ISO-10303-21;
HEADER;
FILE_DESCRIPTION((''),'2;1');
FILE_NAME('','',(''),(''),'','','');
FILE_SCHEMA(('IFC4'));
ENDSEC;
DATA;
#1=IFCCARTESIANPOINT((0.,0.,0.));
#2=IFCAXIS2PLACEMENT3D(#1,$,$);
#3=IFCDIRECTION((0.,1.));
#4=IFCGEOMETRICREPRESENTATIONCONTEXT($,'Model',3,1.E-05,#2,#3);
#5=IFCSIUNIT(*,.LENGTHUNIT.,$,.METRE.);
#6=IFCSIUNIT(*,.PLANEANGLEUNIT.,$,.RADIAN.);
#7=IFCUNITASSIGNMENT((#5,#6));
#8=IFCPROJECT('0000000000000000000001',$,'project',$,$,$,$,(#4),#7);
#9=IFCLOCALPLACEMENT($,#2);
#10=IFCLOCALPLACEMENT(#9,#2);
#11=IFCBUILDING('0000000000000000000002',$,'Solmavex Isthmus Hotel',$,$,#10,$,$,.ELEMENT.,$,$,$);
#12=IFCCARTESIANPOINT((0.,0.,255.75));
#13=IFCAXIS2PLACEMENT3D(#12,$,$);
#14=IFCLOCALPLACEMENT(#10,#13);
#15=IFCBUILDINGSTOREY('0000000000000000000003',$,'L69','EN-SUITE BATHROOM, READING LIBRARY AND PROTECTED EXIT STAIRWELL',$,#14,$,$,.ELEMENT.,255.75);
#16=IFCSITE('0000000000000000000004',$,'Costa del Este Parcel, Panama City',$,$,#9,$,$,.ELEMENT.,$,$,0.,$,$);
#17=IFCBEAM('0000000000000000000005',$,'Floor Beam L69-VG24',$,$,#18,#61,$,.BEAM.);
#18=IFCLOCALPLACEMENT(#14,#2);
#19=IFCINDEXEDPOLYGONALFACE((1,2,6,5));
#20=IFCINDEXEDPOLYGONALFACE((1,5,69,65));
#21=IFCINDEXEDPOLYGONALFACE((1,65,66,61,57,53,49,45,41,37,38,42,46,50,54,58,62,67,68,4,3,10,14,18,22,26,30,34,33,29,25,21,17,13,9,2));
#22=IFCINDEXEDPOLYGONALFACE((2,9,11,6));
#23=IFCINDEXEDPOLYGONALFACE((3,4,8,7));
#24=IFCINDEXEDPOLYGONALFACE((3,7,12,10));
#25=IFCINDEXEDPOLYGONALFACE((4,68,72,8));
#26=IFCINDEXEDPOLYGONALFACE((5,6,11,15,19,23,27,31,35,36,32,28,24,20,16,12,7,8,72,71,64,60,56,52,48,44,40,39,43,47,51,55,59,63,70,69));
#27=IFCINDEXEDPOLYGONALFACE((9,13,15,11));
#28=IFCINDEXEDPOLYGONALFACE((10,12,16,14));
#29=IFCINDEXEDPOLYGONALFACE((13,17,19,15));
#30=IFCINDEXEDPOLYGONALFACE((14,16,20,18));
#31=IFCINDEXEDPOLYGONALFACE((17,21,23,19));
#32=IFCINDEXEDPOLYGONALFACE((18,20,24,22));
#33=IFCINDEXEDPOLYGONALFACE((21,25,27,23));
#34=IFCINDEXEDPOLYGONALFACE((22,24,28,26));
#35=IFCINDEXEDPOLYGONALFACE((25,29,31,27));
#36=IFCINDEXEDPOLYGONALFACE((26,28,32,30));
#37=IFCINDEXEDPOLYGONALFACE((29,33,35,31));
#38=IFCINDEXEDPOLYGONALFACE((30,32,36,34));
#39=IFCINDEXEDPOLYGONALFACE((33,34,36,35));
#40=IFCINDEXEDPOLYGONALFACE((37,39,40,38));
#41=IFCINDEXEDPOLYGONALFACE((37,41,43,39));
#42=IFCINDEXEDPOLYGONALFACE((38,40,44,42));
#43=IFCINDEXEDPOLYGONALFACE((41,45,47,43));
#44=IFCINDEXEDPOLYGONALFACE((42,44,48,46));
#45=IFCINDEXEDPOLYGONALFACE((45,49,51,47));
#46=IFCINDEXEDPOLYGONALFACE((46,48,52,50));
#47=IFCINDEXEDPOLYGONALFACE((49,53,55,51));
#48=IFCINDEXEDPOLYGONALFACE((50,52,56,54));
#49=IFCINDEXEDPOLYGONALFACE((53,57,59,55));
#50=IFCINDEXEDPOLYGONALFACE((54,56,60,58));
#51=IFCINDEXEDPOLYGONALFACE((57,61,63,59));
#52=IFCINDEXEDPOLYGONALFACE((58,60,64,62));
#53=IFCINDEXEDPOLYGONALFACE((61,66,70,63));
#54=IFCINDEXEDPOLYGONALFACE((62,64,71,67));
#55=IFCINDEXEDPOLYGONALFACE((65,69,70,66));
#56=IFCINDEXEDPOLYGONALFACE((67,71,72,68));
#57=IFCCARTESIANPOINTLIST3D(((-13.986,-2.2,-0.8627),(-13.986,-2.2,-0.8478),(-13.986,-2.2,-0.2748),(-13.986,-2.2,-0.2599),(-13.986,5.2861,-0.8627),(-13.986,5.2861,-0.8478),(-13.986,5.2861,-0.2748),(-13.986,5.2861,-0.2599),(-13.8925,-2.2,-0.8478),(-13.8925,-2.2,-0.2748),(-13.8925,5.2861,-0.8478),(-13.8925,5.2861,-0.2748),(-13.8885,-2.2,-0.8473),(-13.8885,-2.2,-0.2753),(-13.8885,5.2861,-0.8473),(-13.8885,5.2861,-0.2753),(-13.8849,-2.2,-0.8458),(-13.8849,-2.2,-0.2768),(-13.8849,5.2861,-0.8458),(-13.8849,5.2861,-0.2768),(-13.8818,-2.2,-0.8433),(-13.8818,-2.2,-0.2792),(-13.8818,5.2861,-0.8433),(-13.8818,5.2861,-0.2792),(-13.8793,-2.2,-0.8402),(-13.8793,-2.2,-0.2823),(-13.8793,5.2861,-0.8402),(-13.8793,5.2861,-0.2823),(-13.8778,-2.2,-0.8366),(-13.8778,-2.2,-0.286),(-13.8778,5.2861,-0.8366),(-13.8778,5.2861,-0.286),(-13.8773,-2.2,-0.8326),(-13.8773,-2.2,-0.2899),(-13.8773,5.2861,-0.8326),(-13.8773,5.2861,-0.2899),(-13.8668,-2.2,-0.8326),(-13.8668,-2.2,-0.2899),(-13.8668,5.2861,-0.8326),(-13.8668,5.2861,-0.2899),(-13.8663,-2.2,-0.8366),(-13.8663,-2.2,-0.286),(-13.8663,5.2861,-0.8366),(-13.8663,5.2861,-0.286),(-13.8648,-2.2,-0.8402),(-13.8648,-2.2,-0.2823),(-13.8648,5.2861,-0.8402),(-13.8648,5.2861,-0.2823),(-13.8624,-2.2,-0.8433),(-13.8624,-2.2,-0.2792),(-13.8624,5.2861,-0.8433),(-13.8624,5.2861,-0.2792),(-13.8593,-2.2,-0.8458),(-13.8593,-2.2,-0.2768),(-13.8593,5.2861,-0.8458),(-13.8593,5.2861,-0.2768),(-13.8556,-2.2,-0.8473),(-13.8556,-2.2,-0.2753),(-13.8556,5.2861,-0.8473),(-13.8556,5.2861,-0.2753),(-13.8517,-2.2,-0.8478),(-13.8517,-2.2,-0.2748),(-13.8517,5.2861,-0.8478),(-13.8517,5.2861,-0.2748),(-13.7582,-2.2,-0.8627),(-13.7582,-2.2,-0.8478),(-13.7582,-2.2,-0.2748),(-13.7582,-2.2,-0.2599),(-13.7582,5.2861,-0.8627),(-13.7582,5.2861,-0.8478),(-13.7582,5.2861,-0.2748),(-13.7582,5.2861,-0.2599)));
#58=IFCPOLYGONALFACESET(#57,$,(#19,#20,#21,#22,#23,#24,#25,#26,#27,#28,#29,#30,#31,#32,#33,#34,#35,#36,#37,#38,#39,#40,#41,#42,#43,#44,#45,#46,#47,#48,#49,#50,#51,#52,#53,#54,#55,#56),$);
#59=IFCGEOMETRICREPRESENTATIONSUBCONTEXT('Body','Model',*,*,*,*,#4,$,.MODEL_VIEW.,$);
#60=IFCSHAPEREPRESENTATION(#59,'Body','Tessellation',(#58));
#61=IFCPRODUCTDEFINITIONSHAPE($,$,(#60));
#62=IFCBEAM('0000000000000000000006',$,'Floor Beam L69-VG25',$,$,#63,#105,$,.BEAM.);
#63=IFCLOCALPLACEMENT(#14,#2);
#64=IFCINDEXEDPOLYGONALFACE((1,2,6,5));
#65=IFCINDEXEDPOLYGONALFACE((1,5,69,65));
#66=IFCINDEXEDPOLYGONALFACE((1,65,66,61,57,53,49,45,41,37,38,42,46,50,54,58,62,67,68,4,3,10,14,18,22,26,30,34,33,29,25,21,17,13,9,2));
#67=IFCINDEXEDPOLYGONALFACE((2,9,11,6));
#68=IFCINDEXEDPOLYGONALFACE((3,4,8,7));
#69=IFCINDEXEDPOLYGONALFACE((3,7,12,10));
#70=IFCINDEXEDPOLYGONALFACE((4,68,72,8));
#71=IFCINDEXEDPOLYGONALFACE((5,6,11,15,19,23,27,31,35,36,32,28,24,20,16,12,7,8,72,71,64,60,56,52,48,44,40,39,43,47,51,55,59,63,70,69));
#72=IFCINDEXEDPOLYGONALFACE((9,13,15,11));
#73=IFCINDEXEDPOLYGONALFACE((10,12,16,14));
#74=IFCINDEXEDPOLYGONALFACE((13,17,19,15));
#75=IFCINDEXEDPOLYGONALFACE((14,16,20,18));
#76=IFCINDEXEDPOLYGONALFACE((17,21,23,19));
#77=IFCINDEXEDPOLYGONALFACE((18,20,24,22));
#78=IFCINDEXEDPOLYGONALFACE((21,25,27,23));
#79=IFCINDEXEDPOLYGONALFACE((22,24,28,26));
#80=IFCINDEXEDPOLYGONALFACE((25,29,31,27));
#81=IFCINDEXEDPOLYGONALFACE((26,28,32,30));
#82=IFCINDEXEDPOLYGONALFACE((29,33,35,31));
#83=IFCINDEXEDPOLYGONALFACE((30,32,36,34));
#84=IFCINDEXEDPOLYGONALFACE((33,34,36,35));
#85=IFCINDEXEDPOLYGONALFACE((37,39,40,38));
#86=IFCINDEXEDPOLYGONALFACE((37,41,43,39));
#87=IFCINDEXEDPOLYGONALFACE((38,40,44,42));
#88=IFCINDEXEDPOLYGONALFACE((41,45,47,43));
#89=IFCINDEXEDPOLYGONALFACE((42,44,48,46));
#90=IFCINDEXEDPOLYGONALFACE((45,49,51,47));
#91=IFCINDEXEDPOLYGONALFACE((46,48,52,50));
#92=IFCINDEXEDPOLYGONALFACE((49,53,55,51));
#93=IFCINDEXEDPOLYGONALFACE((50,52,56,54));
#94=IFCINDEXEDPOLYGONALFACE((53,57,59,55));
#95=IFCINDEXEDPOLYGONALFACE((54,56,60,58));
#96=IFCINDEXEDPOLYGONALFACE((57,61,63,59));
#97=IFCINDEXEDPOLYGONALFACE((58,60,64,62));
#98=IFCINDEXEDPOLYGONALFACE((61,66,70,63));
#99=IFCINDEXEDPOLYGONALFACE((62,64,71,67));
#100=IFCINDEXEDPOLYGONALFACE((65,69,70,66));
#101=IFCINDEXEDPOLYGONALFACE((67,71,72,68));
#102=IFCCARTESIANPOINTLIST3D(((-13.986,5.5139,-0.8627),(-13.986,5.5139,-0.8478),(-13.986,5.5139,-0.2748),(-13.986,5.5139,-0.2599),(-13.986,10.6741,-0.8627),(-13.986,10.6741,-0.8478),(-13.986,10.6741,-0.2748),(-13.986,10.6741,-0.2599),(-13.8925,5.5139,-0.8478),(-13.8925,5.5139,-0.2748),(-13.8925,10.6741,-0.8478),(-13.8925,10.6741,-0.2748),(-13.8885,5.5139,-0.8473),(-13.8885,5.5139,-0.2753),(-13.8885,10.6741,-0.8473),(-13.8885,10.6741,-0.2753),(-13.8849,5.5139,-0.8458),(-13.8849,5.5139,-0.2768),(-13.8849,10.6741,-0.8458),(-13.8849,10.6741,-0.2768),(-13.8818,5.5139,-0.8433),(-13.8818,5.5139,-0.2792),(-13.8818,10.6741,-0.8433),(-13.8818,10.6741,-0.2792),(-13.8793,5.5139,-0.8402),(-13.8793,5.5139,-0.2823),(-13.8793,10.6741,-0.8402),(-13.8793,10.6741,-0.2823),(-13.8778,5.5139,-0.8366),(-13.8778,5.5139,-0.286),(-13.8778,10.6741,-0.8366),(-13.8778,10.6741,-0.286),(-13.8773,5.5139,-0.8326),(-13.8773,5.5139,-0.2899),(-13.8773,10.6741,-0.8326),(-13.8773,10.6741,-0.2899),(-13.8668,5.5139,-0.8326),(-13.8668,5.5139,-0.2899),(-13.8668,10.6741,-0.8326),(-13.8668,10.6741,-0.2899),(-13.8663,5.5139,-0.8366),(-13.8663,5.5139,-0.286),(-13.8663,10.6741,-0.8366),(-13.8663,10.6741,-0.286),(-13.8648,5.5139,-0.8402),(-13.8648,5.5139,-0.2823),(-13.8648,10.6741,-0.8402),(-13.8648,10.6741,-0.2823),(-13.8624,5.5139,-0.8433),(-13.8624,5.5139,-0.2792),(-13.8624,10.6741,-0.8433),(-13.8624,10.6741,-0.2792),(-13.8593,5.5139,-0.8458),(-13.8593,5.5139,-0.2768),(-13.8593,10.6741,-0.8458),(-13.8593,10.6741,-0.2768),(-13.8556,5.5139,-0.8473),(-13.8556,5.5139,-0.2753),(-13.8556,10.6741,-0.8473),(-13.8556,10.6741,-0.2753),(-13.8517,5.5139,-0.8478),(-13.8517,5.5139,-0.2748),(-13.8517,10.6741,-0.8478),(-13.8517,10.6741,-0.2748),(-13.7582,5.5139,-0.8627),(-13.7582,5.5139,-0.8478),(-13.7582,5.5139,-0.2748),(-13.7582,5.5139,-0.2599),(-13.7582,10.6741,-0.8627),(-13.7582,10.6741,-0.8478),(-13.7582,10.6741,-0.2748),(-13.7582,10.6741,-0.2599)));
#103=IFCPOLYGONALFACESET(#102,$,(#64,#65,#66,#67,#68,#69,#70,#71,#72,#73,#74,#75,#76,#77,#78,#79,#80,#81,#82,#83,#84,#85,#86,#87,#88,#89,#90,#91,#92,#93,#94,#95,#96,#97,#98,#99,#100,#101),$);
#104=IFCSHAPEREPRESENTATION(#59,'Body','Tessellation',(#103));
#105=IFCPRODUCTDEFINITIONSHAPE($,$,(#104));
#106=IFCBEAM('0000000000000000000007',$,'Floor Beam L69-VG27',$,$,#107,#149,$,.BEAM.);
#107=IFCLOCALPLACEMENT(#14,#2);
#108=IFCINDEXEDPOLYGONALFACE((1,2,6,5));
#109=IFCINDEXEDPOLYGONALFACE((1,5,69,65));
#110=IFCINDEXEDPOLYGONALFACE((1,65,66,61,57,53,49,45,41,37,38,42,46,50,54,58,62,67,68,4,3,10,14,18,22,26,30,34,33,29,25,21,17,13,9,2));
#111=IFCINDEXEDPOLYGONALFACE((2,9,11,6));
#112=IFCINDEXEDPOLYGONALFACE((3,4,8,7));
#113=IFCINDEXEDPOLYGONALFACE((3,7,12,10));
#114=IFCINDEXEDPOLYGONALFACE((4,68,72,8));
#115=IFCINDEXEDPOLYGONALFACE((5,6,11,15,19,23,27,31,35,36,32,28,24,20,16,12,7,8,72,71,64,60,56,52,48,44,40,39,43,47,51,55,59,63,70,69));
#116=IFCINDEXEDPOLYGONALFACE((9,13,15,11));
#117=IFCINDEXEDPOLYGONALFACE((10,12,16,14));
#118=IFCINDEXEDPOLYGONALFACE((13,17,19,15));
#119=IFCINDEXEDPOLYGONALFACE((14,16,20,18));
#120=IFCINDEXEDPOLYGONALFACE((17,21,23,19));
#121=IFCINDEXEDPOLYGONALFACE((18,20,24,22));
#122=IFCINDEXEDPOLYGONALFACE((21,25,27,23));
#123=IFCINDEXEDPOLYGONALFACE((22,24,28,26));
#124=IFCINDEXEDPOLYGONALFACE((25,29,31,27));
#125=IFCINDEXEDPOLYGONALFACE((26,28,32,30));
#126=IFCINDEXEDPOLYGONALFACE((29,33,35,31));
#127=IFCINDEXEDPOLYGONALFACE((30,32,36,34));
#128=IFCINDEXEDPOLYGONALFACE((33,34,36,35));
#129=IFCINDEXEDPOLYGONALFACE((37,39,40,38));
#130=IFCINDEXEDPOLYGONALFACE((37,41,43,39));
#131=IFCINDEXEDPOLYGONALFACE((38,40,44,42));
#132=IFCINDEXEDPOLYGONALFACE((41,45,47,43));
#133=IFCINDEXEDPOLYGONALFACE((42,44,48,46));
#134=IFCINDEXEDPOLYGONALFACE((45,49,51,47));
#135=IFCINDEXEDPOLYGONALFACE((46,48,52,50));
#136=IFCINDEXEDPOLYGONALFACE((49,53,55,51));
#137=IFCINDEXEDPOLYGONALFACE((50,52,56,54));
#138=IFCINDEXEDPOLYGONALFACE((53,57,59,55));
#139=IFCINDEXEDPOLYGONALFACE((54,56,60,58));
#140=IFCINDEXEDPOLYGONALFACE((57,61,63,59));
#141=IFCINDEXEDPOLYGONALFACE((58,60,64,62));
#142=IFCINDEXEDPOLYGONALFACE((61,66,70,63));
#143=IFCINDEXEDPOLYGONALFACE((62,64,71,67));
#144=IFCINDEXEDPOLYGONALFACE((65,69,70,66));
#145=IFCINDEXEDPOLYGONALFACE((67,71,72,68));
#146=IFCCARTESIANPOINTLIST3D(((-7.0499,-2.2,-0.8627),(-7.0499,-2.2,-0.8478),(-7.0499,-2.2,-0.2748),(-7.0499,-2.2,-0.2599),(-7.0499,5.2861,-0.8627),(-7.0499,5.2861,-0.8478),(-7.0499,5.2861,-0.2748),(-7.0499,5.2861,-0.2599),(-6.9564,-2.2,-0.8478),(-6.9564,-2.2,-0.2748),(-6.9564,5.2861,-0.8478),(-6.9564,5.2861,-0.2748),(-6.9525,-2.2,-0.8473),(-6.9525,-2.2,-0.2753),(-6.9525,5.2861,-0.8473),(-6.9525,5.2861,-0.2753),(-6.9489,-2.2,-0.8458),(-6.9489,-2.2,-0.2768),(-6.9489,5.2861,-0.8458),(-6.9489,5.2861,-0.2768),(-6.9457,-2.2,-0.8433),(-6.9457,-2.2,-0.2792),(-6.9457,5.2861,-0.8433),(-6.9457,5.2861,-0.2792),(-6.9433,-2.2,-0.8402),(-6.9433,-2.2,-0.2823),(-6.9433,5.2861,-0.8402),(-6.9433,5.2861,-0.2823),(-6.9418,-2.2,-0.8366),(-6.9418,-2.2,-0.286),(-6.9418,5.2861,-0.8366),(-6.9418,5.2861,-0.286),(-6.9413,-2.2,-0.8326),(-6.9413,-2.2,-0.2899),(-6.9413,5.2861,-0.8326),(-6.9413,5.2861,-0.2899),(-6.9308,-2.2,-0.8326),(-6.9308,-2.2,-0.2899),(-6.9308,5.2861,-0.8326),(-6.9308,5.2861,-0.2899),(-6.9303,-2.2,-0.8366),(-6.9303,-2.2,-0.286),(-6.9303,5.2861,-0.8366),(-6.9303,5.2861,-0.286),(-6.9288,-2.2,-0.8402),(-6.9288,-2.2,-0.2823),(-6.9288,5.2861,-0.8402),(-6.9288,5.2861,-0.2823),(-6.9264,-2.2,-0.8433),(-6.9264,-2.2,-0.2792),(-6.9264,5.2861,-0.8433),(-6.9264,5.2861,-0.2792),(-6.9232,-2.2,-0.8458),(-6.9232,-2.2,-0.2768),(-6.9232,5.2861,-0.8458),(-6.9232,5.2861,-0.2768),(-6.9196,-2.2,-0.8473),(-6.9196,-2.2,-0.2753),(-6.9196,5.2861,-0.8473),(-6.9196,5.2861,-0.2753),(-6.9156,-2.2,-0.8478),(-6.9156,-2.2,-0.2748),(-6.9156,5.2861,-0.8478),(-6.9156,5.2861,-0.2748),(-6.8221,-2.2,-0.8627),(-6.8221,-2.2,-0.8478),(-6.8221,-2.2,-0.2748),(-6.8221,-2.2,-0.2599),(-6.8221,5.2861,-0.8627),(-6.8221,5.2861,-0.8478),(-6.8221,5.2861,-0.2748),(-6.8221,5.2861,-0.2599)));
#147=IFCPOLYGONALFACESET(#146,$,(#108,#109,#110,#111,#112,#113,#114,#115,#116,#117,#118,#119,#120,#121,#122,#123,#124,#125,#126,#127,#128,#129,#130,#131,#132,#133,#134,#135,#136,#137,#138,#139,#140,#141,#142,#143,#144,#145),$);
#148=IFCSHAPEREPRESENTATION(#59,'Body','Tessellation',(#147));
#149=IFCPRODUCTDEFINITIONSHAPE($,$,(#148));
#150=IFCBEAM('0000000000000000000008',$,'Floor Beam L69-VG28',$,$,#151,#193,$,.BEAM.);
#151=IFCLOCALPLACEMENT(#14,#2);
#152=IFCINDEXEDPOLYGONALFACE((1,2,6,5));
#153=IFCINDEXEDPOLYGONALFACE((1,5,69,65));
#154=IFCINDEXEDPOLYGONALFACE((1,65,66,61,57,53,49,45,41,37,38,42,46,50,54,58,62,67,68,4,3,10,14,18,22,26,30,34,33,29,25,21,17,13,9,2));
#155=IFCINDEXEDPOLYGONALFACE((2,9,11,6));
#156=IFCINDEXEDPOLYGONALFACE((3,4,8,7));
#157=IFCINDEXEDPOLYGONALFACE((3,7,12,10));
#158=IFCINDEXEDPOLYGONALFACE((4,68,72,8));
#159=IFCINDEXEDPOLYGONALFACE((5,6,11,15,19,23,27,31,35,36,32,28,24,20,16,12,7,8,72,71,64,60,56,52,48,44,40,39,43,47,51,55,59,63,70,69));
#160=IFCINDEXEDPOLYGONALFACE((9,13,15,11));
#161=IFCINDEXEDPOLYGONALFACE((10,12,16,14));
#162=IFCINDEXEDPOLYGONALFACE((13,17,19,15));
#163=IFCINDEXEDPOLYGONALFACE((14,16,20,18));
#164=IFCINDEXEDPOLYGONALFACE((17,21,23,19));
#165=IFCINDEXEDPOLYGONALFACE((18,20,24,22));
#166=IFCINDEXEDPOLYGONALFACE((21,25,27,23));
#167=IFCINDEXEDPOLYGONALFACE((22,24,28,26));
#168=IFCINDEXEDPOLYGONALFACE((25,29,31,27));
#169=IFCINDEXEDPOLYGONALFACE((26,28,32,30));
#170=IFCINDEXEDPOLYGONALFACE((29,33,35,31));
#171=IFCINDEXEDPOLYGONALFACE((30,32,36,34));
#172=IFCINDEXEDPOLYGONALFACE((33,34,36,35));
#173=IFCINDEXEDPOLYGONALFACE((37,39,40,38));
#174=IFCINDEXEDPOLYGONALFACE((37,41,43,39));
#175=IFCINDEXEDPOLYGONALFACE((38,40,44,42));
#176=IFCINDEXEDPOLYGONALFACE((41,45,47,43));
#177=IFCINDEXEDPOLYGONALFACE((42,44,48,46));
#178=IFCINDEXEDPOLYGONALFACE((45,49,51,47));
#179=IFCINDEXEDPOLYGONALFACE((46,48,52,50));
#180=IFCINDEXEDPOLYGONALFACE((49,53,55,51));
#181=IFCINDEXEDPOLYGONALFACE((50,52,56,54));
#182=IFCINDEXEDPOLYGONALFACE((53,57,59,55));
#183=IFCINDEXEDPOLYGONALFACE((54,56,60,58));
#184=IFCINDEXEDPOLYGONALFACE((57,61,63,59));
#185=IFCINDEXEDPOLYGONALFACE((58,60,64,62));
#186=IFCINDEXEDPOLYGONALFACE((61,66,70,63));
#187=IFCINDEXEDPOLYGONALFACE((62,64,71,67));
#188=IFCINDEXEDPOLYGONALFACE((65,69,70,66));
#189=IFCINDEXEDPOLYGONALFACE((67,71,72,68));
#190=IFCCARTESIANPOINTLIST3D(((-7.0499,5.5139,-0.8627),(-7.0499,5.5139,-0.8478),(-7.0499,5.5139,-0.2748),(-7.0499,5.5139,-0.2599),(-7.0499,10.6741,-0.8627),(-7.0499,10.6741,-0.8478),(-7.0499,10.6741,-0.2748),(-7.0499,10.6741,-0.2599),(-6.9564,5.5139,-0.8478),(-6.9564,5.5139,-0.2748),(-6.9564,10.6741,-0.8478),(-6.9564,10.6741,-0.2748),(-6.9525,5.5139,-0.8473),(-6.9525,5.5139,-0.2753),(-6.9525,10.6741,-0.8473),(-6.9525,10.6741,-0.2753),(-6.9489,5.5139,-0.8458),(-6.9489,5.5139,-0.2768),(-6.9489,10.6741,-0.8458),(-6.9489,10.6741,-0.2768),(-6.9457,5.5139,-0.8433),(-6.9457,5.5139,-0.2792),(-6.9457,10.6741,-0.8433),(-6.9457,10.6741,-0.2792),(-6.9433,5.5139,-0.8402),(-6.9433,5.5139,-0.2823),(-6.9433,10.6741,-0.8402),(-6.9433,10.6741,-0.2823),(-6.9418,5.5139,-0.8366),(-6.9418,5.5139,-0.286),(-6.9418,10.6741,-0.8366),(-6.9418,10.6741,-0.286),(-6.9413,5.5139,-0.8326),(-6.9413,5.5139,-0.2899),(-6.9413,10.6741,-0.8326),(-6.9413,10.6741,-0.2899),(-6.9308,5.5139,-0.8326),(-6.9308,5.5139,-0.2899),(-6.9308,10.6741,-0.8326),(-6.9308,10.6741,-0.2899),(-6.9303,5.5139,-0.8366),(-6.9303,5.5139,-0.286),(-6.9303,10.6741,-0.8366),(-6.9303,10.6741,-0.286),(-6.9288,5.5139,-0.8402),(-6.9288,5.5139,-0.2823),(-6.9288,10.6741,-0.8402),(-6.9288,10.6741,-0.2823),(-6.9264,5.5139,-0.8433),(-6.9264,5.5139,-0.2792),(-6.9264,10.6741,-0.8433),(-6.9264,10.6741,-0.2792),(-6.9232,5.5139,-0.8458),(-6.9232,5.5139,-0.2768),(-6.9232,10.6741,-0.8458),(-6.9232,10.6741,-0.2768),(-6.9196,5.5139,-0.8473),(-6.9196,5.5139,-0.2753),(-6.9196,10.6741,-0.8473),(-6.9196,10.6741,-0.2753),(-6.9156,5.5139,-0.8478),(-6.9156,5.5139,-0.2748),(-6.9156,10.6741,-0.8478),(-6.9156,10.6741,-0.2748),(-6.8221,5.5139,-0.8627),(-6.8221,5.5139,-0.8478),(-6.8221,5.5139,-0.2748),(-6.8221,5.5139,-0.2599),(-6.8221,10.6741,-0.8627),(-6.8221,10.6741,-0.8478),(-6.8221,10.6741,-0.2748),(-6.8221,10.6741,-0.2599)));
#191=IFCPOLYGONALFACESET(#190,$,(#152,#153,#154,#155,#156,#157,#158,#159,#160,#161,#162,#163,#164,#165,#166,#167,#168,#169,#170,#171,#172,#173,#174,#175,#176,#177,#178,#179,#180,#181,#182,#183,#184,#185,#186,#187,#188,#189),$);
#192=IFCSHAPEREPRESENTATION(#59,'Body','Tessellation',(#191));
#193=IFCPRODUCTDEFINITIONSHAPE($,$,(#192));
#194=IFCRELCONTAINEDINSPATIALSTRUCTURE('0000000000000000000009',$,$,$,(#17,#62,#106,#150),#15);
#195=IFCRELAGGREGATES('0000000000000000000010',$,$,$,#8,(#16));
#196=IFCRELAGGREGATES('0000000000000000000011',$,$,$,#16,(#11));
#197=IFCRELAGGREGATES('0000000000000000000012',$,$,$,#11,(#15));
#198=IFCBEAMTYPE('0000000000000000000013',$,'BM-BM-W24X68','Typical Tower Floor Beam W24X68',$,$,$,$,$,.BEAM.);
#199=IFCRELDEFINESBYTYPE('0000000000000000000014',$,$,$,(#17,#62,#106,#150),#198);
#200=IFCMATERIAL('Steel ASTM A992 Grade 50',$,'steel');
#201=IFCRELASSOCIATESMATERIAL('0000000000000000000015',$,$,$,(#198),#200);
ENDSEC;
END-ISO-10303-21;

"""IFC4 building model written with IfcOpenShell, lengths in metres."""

from ifc_helpers import new_model, si_unit, direction, frame, origin, origin_2d, place, context, subcontext, project, spatial, i_section, extrude, material, material_profile, profile_set, type_object, element, save


model = new_model("IFC4")

# Units and contexts
model_context = context("Model", 3, precision=1e-05, world=origin(), true_north=direction((0.0, 1.0)))
body_context = subcontext(model_context, "Body", "Model", "MODEL_VIEW")
ifc_project = project(units=[si_unit("LENGTHUNIT", "METRE"), si_unit("PLANEANGLEUNIT", "RADIAN")], contexts=[model_context])

# Site, building, storey
site_placement = place(None, origin())
site = spatial("IfcSite", under=ifc_project, at=site_placement, Name="Costa del Este Parcel, Panama City", CompositionType="ELEMENT", RefElevation=0.0)
building_placement = place(site_placement, origin())
building = spatial("IfcBuilding", under=site, at=building_placement, Name="Solmavex Isthmus Hotel", CompositionType="ELEMENT")
storey_placement = place(building_placement, frame((0.0, 0.0, 255.75)))
storey = spatial("IfcBuildingStorey", under=building, at=storey_placement, Name="L69", Description="EN-SUITE BATHROOM, READING LIBRARY AND PROTECTED EXIT STAIRWELL", CompositionType="ELEMENT", Elevation=255.75)

# Beams
ifc_material_1 = material(Name="Steel ASTM A992 Grade 50", Category="steel")
ifc_material_profile_1 = material_profile(ifc_material_1, i_section(OverallWidth=0.2278, OverallDepth=0.6028, WebThickness=0.0105, FlangeThickness=0.0149, FilletRadius=0.0151, at=origin_2d()), Name="W24X68")
ifc_profile_set_1 = profile_set([ifc_material_profile_1], Name="Steel ASTM A992 Grade 50")
beam_type_1 = type_object("IfcBeamType", Name="BM-BM-W24X68", Description="Typical Tower Floor Beam W24X68", PredefinedType="BEAM", material=ifc_profile_set_1)
beam_1_placement = place(storey_placement, frame((-13.8721, -2.2, -0.5613), z_axis=(0.0, 1.0, 0.0), x_axis=(-1.0, 0.0, 0.0)))
element("IfcBeam", 1, at=beam_1_placement, inside=storey, type_object=beam_type_1, Name="Floor Beam L69-VG24", PredefinedType="BEAM", context=body_context, shape_type="SweptSolid", body=[
    extrude(i_section(OverallWidth=0.2278, OverallDepth=0.6028, WebThickness=0.0105, FlangeThickness=0.0149, FilletRadius=0.0151, at=origin_2d()), origin(), (0.0, 0.0, 1.0), 7.4861),
])
beam_2_placement = place(storey_placement, frame((-13.8721, 5.5139, -0.5613), z_axis=(0.0, 1.0, 0.0), x_axis=(-1.0, 0.0, 0.0)))
element("IfcBeam", 2, at=beam_2_placement, inside=storey, type_object=beam_type_1, Name="Floor Beam L69-VG25", PredefinedType="BEAM", context=body_context, shape_type="SweptSolid", body=[
    extrude(i_section(OverallWidth=0.2278, OverallDepth=0.6028, WebThickness=0.0105, FlangeThickness=0.0149, FilletRadius=0.0151, at=origin_2d()), origin(), (0.0, 0.0, 1.0), 5.1602),
])
beam_3_placement = place(storey_placement, frame((-6.936, -2.2, -0.5613), z_axis=(0.0, 1.0, 0.0), x_axis=(-1.0, 0.0, 0.0)))
element("IfcBeam", 3, at=beam_3_placement, inside=storey, type_object=beam_type_1, Name="Floor Beam L69-VG27", PredefinedType="BEAM", context=body_context, shape_type="SweptSolid", body=[
    extrude(i_section(OverallWidth=0.2278, OverallDepth=0.6028, WebThickness=0.0105, FlangeThickness=0.0149, FilletRadius=0.0151, at=origin_2d()), origin(), (0.0, 0.0, 1.0), 7.4861),
])
beam_4_placement = place(storey_placement, frame((-6.936, 5.5139, -0.5613), z_axis=(0.0, 1.0, 0.0), x_axis=(-1.0, 0.0, 0.0)))
element("IfcBeam", 4, at=beam_4_placement, inside=storey, type_object=beam_type_1, Name="Floor Beam L69-VG28", PredefinedType="BEAM", context=body_context, shape_type="SweptSolid", body=[
    extrude(i_section(OverallWidth=0.2278, OverallDepth=0.6028, WebThickness=0.0105, FlangeThickness=0.0149, FilletRadius=0.0151, at=origin_2d()), origin(), (0.0, 0.0, 1.0), 5.1602),
])

save(model, "model.ifc")
